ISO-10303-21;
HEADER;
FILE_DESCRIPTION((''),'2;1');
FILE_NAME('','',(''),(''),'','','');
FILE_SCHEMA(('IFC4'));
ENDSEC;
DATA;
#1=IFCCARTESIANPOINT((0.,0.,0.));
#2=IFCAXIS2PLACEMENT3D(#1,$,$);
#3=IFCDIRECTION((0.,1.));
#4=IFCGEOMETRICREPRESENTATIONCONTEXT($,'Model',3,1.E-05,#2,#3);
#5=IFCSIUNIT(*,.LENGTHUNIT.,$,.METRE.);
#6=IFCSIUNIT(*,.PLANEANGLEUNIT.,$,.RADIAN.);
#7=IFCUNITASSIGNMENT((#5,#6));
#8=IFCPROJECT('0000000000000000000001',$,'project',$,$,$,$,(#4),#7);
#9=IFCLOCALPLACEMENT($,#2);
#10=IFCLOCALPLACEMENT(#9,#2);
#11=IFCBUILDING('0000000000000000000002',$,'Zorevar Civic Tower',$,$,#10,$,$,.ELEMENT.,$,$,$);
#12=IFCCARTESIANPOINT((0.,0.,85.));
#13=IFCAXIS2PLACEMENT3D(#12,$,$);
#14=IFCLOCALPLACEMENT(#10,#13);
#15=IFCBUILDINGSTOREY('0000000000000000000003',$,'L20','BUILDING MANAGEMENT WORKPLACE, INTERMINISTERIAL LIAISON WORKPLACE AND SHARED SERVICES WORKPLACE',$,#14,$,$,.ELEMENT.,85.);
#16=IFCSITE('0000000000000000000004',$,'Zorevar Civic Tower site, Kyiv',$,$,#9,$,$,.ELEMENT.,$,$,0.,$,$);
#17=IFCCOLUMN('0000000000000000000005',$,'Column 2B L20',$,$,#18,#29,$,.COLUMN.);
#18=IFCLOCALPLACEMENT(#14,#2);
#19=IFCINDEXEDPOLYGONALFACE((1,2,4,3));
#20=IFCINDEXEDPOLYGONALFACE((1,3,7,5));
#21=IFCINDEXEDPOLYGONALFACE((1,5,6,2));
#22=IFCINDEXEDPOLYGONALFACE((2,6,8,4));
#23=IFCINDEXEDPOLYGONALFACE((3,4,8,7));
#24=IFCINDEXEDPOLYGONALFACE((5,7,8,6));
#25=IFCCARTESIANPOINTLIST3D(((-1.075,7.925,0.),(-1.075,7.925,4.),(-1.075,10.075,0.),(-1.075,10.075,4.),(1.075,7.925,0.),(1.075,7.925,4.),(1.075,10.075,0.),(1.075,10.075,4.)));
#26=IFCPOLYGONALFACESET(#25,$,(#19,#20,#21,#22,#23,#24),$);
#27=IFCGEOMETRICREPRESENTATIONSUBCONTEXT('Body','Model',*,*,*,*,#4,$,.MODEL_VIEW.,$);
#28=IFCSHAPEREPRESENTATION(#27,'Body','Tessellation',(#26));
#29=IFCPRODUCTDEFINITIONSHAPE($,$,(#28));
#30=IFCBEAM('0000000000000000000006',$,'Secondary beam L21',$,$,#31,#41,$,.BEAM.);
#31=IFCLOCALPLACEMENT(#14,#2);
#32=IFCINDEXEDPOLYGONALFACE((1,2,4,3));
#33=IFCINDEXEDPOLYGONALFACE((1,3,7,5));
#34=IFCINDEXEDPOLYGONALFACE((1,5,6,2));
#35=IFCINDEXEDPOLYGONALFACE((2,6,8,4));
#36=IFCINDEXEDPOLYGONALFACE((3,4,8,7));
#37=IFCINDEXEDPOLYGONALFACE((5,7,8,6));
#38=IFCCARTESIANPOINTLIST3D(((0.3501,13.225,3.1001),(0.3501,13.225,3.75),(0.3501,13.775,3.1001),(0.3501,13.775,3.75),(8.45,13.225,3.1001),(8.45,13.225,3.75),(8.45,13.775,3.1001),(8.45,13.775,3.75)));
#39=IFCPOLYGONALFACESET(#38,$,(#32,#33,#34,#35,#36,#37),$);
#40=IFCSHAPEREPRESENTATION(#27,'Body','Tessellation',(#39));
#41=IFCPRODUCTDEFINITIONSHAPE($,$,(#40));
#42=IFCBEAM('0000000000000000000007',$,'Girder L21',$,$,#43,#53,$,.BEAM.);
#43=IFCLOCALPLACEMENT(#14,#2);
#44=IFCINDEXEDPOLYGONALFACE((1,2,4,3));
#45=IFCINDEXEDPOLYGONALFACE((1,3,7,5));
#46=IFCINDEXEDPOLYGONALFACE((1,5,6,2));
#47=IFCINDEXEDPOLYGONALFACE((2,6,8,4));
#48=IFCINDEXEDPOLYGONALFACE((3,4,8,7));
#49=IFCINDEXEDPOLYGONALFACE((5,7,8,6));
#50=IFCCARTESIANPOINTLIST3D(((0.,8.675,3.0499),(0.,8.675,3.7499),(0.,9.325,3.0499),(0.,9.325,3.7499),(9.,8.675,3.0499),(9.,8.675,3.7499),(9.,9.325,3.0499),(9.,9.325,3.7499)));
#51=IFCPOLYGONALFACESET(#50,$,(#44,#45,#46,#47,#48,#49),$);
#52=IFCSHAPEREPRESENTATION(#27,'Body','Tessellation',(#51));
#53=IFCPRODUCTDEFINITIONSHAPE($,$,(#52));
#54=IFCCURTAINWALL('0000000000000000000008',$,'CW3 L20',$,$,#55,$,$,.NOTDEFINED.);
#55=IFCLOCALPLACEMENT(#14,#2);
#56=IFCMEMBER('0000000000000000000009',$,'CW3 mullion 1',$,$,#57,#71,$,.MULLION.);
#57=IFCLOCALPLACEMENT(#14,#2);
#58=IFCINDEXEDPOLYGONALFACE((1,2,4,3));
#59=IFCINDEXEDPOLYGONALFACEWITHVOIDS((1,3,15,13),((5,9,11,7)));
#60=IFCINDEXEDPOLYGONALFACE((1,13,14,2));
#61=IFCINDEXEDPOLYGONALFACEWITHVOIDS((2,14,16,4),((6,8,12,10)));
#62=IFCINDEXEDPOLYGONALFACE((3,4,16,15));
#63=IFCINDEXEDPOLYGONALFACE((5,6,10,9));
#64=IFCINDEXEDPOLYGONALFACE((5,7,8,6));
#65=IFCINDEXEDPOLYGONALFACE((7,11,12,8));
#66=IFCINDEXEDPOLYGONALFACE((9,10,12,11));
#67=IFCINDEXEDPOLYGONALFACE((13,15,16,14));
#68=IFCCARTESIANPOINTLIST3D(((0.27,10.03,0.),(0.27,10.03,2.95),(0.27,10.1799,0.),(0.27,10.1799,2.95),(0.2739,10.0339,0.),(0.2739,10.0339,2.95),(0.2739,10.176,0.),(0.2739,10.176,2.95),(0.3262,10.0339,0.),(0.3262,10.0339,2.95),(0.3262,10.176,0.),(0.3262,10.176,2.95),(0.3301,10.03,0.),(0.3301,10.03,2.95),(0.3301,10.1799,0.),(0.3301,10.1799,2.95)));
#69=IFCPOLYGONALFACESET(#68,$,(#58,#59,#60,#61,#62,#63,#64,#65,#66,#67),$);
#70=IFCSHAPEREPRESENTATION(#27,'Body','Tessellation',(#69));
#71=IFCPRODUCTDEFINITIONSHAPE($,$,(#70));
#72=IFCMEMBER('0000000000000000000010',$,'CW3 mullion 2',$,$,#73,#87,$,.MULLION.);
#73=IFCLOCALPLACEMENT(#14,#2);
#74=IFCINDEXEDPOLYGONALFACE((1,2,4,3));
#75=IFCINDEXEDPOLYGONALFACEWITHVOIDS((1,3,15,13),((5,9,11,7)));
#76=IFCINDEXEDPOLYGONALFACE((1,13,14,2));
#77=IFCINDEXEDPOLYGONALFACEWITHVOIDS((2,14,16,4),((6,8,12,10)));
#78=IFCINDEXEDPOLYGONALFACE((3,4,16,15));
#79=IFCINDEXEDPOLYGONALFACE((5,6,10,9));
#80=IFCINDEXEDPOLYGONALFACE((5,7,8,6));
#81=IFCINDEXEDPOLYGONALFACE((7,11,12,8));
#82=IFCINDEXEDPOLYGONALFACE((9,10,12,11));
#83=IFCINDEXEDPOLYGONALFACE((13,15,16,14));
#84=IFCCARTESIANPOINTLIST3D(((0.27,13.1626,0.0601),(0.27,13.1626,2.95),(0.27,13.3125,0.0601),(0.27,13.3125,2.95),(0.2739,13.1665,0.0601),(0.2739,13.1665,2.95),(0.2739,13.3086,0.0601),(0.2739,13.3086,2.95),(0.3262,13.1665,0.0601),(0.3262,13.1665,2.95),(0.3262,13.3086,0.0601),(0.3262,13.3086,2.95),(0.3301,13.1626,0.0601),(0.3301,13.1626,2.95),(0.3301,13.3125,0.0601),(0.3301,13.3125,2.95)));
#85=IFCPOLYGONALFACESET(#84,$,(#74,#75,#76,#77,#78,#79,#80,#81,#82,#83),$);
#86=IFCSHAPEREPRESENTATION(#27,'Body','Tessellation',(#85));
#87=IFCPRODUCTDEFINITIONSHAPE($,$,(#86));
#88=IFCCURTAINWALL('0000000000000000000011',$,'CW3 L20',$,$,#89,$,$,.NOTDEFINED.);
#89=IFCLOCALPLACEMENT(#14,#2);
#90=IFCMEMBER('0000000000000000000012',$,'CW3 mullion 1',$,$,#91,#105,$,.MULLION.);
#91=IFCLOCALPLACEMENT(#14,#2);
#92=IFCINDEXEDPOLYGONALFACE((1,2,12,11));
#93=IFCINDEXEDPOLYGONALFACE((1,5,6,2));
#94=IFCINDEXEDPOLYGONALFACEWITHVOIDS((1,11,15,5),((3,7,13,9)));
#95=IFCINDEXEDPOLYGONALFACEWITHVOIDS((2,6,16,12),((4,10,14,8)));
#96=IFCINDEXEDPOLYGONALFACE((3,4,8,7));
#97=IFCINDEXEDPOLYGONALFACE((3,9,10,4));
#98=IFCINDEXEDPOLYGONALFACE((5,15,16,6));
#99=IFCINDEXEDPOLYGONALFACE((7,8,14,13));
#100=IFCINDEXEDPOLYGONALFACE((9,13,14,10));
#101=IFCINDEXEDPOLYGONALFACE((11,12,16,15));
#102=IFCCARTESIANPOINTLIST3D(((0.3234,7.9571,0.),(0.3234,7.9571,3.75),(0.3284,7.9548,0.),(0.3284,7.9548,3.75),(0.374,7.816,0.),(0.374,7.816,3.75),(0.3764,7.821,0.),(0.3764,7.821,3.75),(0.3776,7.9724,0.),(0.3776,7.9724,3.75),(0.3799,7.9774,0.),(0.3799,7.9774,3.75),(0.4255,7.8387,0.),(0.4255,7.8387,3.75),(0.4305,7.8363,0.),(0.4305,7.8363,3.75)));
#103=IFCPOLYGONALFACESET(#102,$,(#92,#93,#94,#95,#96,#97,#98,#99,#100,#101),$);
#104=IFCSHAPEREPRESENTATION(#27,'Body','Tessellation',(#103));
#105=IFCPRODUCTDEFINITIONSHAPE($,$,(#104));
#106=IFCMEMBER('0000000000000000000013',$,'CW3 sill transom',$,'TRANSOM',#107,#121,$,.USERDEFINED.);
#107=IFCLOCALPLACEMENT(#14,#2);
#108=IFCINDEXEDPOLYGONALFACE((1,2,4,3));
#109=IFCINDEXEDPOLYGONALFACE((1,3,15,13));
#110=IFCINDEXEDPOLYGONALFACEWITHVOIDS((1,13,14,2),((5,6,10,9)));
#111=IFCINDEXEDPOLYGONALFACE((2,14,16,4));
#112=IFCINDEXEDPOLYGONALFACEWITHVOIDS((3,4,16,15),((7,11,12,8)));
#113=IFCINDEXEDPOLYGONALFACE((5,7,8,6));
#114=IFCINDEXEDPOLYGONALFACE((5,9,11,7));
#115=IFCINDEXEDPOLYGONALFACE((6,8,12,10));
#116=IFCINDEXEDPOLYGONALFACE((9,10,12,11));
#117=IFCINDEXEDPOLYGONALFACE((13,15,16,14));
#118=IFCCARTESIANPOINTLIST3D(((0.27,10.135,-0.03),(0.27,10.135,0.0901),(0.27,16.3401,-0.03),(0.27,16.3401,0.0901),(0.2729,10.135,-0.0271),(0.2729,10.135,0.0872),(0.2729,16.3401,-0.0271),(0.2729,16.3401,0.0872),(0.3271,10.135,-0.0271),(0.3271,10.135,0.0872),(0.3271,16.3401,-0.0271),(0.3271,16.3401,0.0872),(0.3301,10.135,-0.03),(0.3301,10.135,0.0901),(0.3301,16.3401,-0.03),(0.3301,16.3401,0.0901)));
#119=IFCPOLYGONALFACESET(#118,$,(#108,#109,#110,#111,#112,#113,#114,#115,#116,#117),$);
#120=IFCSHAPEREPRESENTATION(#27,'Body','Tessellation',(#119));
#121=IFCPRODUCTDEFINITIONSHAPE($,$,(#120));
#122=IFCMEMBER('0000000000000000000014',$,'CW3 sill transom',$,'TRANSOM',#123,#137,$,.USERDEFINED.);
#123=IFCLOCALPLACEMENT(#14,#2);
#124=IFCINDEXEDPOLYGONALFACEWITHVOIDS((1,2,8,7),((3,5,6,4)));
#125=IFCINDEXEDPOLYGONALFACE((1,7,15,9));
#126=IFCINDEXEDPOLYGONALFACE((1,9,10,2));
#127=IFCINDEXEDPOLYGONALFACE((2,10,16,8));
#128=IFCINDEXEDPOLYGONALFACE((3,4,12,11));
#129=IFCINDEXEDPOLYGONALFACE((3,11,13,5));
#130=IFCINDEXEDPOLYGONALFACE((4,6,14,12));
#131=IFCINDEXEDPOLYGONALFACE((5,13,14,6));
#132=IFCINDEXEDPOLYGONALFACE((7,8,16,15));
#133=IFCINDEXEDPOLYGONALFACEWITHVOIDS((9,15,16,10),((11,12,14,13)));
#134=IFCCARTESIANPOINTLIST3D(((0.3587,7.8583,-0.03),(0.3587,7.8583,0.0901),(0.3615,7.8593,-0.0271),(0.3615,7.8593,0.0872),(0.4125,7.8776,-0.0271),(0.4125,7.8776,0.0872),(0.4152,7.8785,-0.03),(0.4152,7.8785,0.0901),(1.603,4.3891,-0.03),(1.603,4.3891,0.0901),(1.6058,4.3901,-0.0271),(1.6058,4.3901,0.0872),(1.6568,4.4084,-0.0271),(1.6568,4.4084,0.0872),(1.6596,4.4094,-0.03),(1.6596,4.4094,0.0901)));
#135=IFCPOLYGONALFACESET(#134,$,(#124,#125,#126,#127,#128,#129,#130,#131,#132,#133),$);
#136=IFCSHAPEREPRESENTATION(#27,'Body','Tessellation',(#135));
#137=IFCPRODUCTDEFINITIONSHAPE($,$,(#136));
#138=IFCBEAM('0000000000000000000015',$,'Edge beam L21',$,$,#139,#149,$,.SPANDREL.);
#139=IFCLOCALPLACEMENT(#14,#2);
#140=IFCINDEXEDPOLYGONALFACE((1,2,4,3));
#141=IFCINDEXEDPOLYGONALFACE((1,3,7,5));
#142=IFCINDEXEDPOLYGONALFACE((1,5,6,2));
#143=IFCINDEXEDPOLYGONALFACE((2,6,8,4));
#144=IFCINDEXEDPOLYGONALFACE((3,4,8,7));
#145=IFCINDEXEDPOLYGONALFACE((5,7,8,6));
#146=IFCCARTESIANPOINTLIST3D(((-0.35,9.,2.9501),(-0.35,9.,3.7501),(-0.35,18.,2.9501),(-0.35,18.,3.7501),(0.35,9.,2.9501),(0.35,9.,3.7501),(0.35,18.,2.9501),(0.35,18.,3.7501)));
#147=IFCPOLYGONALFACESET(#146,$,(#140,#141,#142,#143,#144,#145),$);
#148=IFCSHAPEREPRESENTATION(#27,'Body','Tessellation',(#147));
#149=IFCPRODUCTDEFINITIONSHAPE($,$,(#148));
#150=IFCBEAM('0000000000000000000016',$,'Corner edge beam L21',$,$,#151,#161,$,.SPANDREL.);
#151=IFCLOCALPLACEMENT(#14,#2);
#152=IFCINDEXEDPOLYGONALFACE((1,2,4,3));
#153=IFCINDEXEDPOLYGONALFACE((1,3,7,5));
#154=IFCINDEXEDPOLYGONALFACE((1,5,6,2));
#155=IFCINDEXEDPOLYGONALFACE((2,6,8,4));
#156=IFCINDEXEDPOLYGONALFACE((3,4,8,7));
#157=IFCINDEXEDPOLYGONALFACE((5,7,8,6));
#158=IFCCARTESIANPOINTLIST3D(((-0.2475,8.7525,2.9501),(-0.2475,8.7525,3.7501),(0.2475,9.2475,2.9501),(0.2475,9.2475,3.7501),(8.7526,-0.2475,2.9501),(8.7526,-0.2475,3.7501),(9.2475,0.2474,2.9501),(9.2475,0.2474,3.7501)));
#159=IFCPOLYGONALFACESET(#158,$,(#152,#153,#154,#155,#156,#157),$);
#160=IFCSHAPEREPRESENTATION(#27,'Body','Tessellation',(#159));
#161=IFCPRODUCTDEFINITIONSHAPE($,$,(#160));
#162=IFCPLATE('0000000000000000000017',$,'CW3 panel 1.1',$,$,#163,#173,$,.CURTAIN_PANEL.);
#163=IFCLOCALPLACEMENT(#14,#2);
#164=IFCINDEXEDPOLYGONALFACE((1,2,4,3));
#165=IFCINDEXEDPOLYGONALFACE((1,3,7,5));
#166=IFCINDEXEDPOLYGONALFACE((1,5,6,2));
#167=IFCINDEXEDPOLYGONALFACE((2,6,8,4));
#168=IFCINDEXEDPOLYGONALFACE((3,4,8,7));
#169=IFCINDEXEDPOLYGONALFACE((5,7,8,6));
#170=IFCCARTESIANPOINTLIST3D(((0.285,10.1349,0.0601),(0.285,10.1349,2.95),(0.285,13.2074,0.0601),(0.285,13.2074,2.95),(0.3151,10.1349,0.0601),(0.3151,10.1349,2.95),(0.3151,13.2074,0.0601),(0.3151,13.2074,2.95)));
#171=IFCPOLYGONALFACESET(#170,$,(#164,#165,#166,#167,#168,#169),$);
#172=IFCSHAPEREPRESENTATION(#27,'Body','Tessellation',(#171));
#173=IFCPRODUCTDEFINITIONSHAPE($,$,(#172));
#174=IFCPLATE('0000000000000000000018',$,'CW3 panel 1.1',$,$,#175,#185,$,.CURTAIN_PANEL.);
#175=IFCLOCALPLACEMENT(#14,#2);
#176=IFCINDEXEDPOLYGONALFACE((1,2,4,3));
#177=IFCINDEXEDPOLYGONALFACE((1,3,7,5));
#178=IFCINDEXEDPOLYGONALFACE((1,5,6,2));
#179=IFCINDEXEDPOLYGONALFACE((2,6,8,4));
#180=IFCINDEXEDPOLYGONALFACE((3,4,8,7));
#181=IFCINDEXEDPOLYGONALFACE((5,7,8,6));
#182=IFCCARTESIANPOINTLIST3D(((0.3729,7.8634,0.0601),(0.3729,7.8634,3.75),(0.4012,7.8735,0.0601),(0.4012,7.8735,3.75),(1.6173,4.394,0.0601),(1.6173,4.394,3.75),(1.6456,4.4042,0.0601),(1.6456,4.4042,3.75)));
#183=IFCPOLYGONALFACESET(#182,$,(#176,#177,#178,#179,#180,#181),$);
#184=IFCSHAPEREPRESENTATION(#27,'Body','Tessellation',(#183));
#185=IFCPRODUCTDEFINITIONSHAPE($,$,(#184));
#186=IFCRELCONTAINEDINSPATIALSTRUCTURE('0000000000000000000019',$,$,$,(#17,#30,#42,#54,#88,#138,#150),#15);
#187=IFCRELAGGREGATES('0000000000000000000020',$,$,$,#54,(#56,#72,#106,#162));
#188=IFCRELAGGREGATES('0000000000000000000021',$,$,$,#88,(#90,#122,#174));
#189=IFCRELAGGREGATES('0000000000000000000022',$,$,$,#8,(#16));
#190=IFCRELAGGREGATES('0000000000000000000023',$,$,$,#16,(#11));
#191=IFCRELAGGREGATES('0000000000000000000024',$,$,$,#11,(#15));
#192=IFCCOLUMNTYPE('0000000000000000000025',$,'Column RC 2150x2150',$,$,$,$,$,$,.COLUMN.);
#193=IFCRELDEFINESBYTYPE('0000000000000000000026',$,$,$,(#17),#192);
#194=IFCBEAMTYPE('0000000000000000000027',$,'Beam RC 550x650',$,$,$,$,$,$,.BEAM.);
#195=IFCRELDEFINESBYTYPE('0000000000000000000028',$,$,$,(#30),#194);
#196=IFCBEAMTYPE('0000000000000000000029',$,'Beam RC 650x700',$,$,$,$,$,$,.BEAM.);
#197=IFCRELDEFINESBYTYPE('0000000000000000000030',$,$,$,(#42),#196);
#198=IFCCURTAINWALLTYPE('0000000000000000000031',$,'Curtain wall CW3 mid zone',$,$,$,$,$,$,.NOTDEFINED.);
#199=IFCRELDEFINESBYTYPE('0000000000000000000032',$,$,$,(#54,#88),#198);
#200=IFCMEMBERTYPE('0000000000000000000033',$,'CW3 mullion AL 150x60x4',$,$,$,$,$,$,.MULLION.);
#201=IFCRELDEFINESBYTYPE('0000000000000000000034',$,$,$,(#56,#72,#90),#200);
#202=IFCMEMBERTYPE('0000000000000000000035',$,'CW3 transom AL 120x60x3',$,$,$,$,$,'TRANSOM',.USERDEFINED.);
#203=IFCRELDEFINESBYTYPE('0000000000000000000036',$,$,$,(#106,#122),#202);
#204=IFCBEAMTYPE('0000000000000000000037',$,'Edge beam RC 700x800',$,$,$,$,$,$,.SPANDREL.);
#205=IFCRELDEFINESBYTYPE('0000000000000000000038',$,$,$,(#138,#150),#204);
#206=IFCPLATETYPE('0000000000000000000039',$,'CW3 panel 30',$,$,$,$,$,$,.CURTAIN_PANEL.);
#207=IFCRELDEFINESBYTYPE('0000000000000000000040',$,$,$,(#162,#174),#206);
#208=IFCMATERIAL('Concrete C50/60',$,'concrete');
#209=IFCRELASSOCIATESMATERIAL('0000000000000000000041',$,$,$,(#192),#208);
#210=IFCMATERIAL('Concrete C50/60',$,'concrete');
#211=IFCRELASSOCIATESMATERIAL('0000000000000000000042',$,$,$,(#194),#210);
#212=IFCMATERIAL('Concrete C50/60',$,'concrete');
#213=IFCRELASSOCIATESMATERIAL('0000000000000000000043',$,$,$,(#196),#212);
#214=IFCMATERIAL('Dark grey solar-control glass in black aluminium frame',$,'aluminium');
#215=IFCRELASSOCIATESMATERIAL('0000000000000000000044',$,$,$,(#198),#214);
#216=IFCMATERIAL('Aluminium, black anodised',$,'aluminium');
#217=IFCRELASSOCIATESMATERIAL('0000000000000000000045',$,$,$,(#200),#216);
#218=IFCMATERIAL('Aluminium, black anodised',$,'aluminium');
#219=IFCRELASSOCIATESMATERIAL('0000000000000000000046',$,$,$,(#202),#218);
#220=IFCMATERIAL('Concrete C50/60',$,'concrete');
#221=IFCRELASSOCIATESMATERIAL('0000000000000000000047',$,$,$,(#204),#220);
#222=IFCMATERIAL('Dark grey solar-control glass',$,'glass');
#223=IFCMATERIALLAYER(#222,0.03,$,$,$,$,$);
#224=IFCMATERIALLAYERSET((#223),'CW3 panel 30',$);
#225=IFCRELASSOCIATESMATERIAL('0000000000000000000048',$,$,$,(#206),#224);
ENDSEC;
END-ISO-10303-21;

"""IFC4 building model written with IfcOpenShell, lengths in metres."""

from ifc_helpers import new_model, si_unit, direction, frame, origin, origin_2d, place, context, subcontext, project, spatial, rectangle, hollow_rectangle, extrude, material, layer, layer_set, material_profile, profile_set, type_object, element, aggregate, save


model = new_model("IFC4")

# Units and contexts
model_context = context("Model", 3, precision=1e-05, world=origin(), true_north=direction((0.0, 1.0)))
body_context = subcontext(model_context, "Body", "Model", "MODEL_VIEW")
ifc_project = project(units=[si_unit("LENGTHUNIT", "METRE"), si_unit("PLANEANGLEUNIT", "RADIAN")], contexts=[model_context])

# Site, building, storey
site_placement = place(None, origin())
site = spatial("IfcSite", under=ifc_project, at=site_placement, Name="Zorevar Civic Tower site, Kyiv", CompositionType="ELEMENT", RefElevation=0.0)
building_placement = place(site_placement, origin())
building = spatial("IfcBuilding", under=site, at=building_placement, Name="Zorevar Civic Tower", CompositionType="ELEMENT")
storey_placement = place(building_placement, frame((0.0, 0.0, 85.0)))
storey = spatial("IfcBuildingStorey", under=building, at=storey_placement, Name="L20", Description="BUILDING MANAGEMENT WORKPLACE, INTERMINISTERIAL LIAISON WORKPLACE AND SHARED SERVICES WORKPLACE", CompositionType="ELEMENT", Elevation=85.0)

# Column
ifc_material_1 = material(Name="Concrete C50/60", Category="concrete")
ifc_material_profile_1 = material_profile(ifc_material_1, rectangle(XDim=2.1499, YDim=2.1499, at=origin_2d()), Name="RC 2150x2150")
ifc_profile_set_1 = profile_set([ifc_material_profile_1], Name="Concrete C50/60")
column_type = type_object("IfcColumnType", Name="Column RC 2150x2150", PredefinedType="COLUMN", material=ifc_profile_set_1)
column_placement = place(storey_placement, frame((0.0, 9.0, 0.0), z_axis=(0.0, 0.0, 1.0), x_axis=(1.0, 0.0, 0.0)))
element("IfcColumn", 1, at=column_placement, inside=storey, type_object=column_type, Name="Column 2B L20", PredefinedType="COLUMN", context=body_context, shape_type="SweptSolid", body=[
    extrude(rectangle(XDim=2.1499, YDim=2.1499, at=origin_2d()), origin(), (0.0, 0.0, 1.0), 4.0),
])

# Beams
ifc_material_2 = material(Name="Concrete C50/60", Category="concrete")
ifc_material_profile_2 = material_profile(ifc_material_2, rectangle(XDim=0.55, YDim=0.6499, at=origin_2d()), Name="RC 550x650")
ifc_profile_set_2 = profile_set([ifc_material_profile_2], Name="Concrete C50/60")
beam_type_1 = type_object("IfcBeamType", Name="Beam RC 550x650", PredefinedType="BEAM", material=ifc_profile_set_2)
beam_1_placement = place(storey_placement, frame((0.3501, 13.5, 3.425), z_axis=(1.0, 0.0, 0.0), x_axis=(0.0, 1.0, 0.0)))
element("IfcBeam", 2, at=beam_1_placement, inside=storey, type_object=beam_type_1, Name="Secondary beam L21", PredefinedType="BEAM", context=body_context, shape_type="SweptSolid", body=[
    extrude(rectangle(XDim=0.55, YDim=0.6499, at=origin_2d()), origin(), (0.0, 0.0, 1.0), 8.0999),
])
ifc_material_3 = material(Name="Concrete C50/60", Category="concrete")
ifc_material_profile_3 = material_profile(ifc_material_3, rectangle(XDim=0.6499, YDim=0.7, at=origin_2d()), Name="RC 650x700")
ifc_profile_set_3 = profile_set([ifc_material_profile_3], Name="Concrete C50/60")
beam_type_2 = type_object("IfcBeamType", Name="Beam RC 650x700", PredefinedType="BEAM", material=ifc_profile_set_3)
beam_2_placement = place(storey_placement, frame((0.0, 9.0, 3.3999), z_axis=(1.0, 0.0, 0.0), x_axis=(0.0, 1.0, 0.0)))
element("IfcBeam", 3, at=beam_2_placement, inside=storey, type_object=beam_type_2, Name="Girder L21", PredefinedType="BEAM", context=body_context, shape_type="SweptSolid", body=[
    extrude(rectangle(XDim=0.6499, YDim=0.7, at=origin_2d()), origin(), (0.0, 0.0, 1.0), 9.0),
])

# Curtain wall, members
ifc_material_4 = material(Name="Dark grey solar-control glass in black aluminium frame", Category="aluminium")
curtain_wall_type = type_object("IfcCurtainWallType", Name="Curtain wall CW3 mid zone", PredefinedType="NOTDEFINED", material=ifc_material_4)
curtain_wall_1_placement = place(storey_placement, origin())
curtain_wall_1 = element("IfcCurtainWall", 4, at=curtain_wall_1_placement, inside=storey, type_object=curtain_wall_type, Name="CW3 L20", PredefinedType="NOTDEFINED")
ifc_material_5 = material(Name="Aluminium, black anodised", Category="aluminium")
ifc_material_profile_4 = material_profile(ifc_material_5, hollow_rectangle(XDim=0.0601, YDim=0.1499, WallThickness=0.0039, at=origin_2d()), Name="AL 150x60x4")
ifc_profile_set_4 = profile_set([ifc_material_profile_4], Name="Aluminium, black anodised")
member_type_1 = type_object("IfcMemberType", Name="CW3 mullion AL 150x60x4", PredefinedType="MULLION", material=ifc_profile_set_4)
member_1_placement = place(storey_placement, frame((0.3, 10.105, 0.0), z_axis=(0.0, 0.0, 1.0), x_axis=(-1.0, 0.0, 0.0)))
member_1 = element("IfcMember", 5, at=member_1_placement, type_object=member_type_1, Name="CW3 mullion 1", PredefinedType="MULLION", context=body_context, shape_type="SweptSolid", body=[
    extrude(hollow_rectangle(XDim=0.0601, YDim=0.1499, WallThickness=0.0039, at=origin_2d()), origin(), (0.0, 0.0, 1.0), 2.95),
])
member_2_placement = place(storey_placement, frame((0.3, 13.2375, 0.0601), z_axis=(0.0, 0.0, 1.0), x_axis=(-1.0, 0.0, 0.0)))
member_2 = element("IfcMember", 6, at=member_2_placement, type_object=member_type_1, Name="CW3 mullion 2", PredefinedType="MULLION", context=body_context, shape_type="SweptSolid", body=[
    extrude(hollow_rectangle(XDim=0.0601, YDim=0.1499, WallThickness=0.0039, at=origin_2d()), origin(), (0.0, 0.0, 1.0), 2.8899),
])

# Curtain wall, member
curtain_wall_2_placement = place(storey_placement, origin())
curtain_wall_2 = element("IfcCurtainWall", 7, at=curtain_wall_2_placement, inside=storey, type_object=curtain_wall_type, Name="CW3 L20", PredefinedType="NOTDEFINED")
member_3_placement = place(storey_placement, frame((0.377, 7.8967, 0.0), z_axis=(0.0, 0.0, 1.0), x_axis=(0.941282, 0.337623, 0.0)))
member_3 = element("IfcMember", 8, at=member_3_placement, type_object=member_type_1, Name="CW3 mullion 1", PredefinedType="MULLION", context=body_context, shape_type="SweptSolid", body=[
    extrude(hollow_rectangle(XDim=0.0601, YDim=0.1499, WallThickness=0.0039, at=origin_2d()), origin(), (0.0, 0.0, 1.0), 3.75),
])

# Members
ifc_material_6 = material(Name="Aluminium, black anodised", Category="aluminium")
ifc_material_profile_5 = material_profile(ifc_material_6, hollow_rectangle(XDim=0.0601, YDim=0.1201, WallThickness=0.0029, at=origin_2d()), Name="AL 120x60x3")
ifc_profile_set_5 = profile_set([ifc_material_profile_5], Name="Aluminium, black anodised")
member_type_2 = type_object("IfcMemberType", Name="CW3 transom AL 120x60x3", ElementType="TRANSOM", PredefinedType="USERDEFINED", material=ifc_profile_set_5)
member_4_placement = place(storey_placement, frame((0.3, 10.135, 0.03), z_axis=(0.0, 1.0, 0.0), x_axis=(-1.0, 0.0, 0.0)))
member_4 = element("IfcMember", 9, at=member_4_placement, type_object=member_type_2, Name="CW3 sill transom", ObjectType="TRANSOM", PredefinedType="USERDEFINED", context=body_context, shape_type="SweptSolid", body=[
    extrude(hollow_rectangle(XDim=0.0601, YDim=0.1201, WallThickness=0.0029, at=origin_2d()), origin(), (0.0, 0.0, 1.0), 6.2051),
])
member_5_placement = place(storey_placement, frame((0.387, 7.8684, 0.03), z_axis=(0.337629, -0.941279, 0.0), x_axis=(0.941279, 0.337629, 0.0)))
member_5 = element("IfcMember", 10, at=member_5_placement, type_object=member_type_2, Name="CW3 sill transom", ObjectType="TRANSOM", PredefinedType="USERDEFINED", context=body_context, shape_type="SweptSolid", body=[
    extrude(hollow_rectangle(XDim=0.0601, YDim=0.1201, WallThickness=0.0029, at=origin_2d()), origin(), (0.0, 0.0, 1.0), 3.6855),
])

# Beams
ifc_material_7 = material(Name="Concrete C50/60", Category="concrete")
ifc_material_profile_6 = material_profile(ifc_material_7, rectangle(XDim=0.7, YDim=0.8, at=origin_2d()), Name="RC 700x800")
ifc_profile_set_6 = profile_set([ifc_material_profile_6], Name="Concrete C50/60")
beam_type_3 = type_object("IfcBeamType", Name="Edge beam RC 700x800", PredefinedType="SPANDREL", material=ifc_profile_set_6)
beam_3_placement = place(storey_placement, frame((0.0, 9.0, 3.3501), z_axis=(0.0, 1.0, 0.0), x_axis=(-1.0, 0.0, 0.0)))
element("IfcBeam", 11, at=beam_3_placement, inside=storey, type_object=beam_type_3, Name="Edge beam L21", PredefinedType="SPANDREL", context=body_context, shape_type="SweptSolid", body=[
    extrude(rectangle(XDim=0.7, YDim=0.8, at=origin_2d()), origin(), (0.0, 0.0, 1.0), 9.0),
])
beam_4_placement = place(storey_placement, frame((0.0, 9.0, 3.3501), z_axis=(0.707107, -0.707107, 0.0), x_axis=(0.707107, 0.707107, 0.0)))
element("IfcBeam", 12, at=beam_4_placement, inside=storey, type_object=beam_type_3, Name="Corner edge beam L21", PredefinedType="SPANDREL", context=body_context, shape_type="SweptSolid", body=[
    extrude(rectangle(XDim=0.7, YDim=0.8, at=origin_2d()), origin(), (0.0, 0.0, 1.0), 12.728),
])

# Plates
ifc_material_8 = material(Name="Dark grey solar-control glass", Category="glass")
ifc_layer_1 = layer(ifc_material_8, 0.03)
ifc_layer_set_1 = layer_set([ifc_layer_1], Name="CW3 panel 30")
plate_type = type_object("IfcPlateType", Name="CW3 panel 30", PredefinedType="CURTAIN_PANEL", material=ifc_layer_set_1)
plate_1_placement = place(storey_placement, frame((0.3, 11.6711, 0.0601), z_axis=(0.0, 0.0, 1.0), x_axis=(0.0, 1.0, 0.0)))
plate_1 = element("IfcPlate", 13, at=plate_1_placement, type_object=plate_type, Name="CW3 panel 1.1", PredefinedType="CURTAIN_PANEL", context=body_context, shape_type="SweptSolid", body=[
    extrude(rectangle(XDim=3.0725, YDim=0.03, at=origin_2d()), origin(), (0.0, 0.0, 1.0), 2.8899),
])
aggregate(curtain_wall_1, [member_1, member_2, member_4, plate_1])
plate_2_placement = place(storey_placement, frame((1.0093, 6.1338, 0.0601), z_axis=(0.0, 0.0, 1.0), x_axis=(0.337623, -0.941282, 0.0)))
plate_2 = element("IfcPlate", 14, at=plate_2_placement, type_object=plate_type, Name="CW3 panel 1.1", PredefinedType="CURTAIN_PANEL", context=body_context, shape_type="SweptSolid", body=[
    extrude(rectangle(XDim=3.6858, YDim=0.03, at=origin_2d()), origin(), (0.0, 0.0, 1.0), 3.6899),
])
aggregate(curtain_wall_2, [member_3, member_5, plate_2])

save(model, "model.ifc")
